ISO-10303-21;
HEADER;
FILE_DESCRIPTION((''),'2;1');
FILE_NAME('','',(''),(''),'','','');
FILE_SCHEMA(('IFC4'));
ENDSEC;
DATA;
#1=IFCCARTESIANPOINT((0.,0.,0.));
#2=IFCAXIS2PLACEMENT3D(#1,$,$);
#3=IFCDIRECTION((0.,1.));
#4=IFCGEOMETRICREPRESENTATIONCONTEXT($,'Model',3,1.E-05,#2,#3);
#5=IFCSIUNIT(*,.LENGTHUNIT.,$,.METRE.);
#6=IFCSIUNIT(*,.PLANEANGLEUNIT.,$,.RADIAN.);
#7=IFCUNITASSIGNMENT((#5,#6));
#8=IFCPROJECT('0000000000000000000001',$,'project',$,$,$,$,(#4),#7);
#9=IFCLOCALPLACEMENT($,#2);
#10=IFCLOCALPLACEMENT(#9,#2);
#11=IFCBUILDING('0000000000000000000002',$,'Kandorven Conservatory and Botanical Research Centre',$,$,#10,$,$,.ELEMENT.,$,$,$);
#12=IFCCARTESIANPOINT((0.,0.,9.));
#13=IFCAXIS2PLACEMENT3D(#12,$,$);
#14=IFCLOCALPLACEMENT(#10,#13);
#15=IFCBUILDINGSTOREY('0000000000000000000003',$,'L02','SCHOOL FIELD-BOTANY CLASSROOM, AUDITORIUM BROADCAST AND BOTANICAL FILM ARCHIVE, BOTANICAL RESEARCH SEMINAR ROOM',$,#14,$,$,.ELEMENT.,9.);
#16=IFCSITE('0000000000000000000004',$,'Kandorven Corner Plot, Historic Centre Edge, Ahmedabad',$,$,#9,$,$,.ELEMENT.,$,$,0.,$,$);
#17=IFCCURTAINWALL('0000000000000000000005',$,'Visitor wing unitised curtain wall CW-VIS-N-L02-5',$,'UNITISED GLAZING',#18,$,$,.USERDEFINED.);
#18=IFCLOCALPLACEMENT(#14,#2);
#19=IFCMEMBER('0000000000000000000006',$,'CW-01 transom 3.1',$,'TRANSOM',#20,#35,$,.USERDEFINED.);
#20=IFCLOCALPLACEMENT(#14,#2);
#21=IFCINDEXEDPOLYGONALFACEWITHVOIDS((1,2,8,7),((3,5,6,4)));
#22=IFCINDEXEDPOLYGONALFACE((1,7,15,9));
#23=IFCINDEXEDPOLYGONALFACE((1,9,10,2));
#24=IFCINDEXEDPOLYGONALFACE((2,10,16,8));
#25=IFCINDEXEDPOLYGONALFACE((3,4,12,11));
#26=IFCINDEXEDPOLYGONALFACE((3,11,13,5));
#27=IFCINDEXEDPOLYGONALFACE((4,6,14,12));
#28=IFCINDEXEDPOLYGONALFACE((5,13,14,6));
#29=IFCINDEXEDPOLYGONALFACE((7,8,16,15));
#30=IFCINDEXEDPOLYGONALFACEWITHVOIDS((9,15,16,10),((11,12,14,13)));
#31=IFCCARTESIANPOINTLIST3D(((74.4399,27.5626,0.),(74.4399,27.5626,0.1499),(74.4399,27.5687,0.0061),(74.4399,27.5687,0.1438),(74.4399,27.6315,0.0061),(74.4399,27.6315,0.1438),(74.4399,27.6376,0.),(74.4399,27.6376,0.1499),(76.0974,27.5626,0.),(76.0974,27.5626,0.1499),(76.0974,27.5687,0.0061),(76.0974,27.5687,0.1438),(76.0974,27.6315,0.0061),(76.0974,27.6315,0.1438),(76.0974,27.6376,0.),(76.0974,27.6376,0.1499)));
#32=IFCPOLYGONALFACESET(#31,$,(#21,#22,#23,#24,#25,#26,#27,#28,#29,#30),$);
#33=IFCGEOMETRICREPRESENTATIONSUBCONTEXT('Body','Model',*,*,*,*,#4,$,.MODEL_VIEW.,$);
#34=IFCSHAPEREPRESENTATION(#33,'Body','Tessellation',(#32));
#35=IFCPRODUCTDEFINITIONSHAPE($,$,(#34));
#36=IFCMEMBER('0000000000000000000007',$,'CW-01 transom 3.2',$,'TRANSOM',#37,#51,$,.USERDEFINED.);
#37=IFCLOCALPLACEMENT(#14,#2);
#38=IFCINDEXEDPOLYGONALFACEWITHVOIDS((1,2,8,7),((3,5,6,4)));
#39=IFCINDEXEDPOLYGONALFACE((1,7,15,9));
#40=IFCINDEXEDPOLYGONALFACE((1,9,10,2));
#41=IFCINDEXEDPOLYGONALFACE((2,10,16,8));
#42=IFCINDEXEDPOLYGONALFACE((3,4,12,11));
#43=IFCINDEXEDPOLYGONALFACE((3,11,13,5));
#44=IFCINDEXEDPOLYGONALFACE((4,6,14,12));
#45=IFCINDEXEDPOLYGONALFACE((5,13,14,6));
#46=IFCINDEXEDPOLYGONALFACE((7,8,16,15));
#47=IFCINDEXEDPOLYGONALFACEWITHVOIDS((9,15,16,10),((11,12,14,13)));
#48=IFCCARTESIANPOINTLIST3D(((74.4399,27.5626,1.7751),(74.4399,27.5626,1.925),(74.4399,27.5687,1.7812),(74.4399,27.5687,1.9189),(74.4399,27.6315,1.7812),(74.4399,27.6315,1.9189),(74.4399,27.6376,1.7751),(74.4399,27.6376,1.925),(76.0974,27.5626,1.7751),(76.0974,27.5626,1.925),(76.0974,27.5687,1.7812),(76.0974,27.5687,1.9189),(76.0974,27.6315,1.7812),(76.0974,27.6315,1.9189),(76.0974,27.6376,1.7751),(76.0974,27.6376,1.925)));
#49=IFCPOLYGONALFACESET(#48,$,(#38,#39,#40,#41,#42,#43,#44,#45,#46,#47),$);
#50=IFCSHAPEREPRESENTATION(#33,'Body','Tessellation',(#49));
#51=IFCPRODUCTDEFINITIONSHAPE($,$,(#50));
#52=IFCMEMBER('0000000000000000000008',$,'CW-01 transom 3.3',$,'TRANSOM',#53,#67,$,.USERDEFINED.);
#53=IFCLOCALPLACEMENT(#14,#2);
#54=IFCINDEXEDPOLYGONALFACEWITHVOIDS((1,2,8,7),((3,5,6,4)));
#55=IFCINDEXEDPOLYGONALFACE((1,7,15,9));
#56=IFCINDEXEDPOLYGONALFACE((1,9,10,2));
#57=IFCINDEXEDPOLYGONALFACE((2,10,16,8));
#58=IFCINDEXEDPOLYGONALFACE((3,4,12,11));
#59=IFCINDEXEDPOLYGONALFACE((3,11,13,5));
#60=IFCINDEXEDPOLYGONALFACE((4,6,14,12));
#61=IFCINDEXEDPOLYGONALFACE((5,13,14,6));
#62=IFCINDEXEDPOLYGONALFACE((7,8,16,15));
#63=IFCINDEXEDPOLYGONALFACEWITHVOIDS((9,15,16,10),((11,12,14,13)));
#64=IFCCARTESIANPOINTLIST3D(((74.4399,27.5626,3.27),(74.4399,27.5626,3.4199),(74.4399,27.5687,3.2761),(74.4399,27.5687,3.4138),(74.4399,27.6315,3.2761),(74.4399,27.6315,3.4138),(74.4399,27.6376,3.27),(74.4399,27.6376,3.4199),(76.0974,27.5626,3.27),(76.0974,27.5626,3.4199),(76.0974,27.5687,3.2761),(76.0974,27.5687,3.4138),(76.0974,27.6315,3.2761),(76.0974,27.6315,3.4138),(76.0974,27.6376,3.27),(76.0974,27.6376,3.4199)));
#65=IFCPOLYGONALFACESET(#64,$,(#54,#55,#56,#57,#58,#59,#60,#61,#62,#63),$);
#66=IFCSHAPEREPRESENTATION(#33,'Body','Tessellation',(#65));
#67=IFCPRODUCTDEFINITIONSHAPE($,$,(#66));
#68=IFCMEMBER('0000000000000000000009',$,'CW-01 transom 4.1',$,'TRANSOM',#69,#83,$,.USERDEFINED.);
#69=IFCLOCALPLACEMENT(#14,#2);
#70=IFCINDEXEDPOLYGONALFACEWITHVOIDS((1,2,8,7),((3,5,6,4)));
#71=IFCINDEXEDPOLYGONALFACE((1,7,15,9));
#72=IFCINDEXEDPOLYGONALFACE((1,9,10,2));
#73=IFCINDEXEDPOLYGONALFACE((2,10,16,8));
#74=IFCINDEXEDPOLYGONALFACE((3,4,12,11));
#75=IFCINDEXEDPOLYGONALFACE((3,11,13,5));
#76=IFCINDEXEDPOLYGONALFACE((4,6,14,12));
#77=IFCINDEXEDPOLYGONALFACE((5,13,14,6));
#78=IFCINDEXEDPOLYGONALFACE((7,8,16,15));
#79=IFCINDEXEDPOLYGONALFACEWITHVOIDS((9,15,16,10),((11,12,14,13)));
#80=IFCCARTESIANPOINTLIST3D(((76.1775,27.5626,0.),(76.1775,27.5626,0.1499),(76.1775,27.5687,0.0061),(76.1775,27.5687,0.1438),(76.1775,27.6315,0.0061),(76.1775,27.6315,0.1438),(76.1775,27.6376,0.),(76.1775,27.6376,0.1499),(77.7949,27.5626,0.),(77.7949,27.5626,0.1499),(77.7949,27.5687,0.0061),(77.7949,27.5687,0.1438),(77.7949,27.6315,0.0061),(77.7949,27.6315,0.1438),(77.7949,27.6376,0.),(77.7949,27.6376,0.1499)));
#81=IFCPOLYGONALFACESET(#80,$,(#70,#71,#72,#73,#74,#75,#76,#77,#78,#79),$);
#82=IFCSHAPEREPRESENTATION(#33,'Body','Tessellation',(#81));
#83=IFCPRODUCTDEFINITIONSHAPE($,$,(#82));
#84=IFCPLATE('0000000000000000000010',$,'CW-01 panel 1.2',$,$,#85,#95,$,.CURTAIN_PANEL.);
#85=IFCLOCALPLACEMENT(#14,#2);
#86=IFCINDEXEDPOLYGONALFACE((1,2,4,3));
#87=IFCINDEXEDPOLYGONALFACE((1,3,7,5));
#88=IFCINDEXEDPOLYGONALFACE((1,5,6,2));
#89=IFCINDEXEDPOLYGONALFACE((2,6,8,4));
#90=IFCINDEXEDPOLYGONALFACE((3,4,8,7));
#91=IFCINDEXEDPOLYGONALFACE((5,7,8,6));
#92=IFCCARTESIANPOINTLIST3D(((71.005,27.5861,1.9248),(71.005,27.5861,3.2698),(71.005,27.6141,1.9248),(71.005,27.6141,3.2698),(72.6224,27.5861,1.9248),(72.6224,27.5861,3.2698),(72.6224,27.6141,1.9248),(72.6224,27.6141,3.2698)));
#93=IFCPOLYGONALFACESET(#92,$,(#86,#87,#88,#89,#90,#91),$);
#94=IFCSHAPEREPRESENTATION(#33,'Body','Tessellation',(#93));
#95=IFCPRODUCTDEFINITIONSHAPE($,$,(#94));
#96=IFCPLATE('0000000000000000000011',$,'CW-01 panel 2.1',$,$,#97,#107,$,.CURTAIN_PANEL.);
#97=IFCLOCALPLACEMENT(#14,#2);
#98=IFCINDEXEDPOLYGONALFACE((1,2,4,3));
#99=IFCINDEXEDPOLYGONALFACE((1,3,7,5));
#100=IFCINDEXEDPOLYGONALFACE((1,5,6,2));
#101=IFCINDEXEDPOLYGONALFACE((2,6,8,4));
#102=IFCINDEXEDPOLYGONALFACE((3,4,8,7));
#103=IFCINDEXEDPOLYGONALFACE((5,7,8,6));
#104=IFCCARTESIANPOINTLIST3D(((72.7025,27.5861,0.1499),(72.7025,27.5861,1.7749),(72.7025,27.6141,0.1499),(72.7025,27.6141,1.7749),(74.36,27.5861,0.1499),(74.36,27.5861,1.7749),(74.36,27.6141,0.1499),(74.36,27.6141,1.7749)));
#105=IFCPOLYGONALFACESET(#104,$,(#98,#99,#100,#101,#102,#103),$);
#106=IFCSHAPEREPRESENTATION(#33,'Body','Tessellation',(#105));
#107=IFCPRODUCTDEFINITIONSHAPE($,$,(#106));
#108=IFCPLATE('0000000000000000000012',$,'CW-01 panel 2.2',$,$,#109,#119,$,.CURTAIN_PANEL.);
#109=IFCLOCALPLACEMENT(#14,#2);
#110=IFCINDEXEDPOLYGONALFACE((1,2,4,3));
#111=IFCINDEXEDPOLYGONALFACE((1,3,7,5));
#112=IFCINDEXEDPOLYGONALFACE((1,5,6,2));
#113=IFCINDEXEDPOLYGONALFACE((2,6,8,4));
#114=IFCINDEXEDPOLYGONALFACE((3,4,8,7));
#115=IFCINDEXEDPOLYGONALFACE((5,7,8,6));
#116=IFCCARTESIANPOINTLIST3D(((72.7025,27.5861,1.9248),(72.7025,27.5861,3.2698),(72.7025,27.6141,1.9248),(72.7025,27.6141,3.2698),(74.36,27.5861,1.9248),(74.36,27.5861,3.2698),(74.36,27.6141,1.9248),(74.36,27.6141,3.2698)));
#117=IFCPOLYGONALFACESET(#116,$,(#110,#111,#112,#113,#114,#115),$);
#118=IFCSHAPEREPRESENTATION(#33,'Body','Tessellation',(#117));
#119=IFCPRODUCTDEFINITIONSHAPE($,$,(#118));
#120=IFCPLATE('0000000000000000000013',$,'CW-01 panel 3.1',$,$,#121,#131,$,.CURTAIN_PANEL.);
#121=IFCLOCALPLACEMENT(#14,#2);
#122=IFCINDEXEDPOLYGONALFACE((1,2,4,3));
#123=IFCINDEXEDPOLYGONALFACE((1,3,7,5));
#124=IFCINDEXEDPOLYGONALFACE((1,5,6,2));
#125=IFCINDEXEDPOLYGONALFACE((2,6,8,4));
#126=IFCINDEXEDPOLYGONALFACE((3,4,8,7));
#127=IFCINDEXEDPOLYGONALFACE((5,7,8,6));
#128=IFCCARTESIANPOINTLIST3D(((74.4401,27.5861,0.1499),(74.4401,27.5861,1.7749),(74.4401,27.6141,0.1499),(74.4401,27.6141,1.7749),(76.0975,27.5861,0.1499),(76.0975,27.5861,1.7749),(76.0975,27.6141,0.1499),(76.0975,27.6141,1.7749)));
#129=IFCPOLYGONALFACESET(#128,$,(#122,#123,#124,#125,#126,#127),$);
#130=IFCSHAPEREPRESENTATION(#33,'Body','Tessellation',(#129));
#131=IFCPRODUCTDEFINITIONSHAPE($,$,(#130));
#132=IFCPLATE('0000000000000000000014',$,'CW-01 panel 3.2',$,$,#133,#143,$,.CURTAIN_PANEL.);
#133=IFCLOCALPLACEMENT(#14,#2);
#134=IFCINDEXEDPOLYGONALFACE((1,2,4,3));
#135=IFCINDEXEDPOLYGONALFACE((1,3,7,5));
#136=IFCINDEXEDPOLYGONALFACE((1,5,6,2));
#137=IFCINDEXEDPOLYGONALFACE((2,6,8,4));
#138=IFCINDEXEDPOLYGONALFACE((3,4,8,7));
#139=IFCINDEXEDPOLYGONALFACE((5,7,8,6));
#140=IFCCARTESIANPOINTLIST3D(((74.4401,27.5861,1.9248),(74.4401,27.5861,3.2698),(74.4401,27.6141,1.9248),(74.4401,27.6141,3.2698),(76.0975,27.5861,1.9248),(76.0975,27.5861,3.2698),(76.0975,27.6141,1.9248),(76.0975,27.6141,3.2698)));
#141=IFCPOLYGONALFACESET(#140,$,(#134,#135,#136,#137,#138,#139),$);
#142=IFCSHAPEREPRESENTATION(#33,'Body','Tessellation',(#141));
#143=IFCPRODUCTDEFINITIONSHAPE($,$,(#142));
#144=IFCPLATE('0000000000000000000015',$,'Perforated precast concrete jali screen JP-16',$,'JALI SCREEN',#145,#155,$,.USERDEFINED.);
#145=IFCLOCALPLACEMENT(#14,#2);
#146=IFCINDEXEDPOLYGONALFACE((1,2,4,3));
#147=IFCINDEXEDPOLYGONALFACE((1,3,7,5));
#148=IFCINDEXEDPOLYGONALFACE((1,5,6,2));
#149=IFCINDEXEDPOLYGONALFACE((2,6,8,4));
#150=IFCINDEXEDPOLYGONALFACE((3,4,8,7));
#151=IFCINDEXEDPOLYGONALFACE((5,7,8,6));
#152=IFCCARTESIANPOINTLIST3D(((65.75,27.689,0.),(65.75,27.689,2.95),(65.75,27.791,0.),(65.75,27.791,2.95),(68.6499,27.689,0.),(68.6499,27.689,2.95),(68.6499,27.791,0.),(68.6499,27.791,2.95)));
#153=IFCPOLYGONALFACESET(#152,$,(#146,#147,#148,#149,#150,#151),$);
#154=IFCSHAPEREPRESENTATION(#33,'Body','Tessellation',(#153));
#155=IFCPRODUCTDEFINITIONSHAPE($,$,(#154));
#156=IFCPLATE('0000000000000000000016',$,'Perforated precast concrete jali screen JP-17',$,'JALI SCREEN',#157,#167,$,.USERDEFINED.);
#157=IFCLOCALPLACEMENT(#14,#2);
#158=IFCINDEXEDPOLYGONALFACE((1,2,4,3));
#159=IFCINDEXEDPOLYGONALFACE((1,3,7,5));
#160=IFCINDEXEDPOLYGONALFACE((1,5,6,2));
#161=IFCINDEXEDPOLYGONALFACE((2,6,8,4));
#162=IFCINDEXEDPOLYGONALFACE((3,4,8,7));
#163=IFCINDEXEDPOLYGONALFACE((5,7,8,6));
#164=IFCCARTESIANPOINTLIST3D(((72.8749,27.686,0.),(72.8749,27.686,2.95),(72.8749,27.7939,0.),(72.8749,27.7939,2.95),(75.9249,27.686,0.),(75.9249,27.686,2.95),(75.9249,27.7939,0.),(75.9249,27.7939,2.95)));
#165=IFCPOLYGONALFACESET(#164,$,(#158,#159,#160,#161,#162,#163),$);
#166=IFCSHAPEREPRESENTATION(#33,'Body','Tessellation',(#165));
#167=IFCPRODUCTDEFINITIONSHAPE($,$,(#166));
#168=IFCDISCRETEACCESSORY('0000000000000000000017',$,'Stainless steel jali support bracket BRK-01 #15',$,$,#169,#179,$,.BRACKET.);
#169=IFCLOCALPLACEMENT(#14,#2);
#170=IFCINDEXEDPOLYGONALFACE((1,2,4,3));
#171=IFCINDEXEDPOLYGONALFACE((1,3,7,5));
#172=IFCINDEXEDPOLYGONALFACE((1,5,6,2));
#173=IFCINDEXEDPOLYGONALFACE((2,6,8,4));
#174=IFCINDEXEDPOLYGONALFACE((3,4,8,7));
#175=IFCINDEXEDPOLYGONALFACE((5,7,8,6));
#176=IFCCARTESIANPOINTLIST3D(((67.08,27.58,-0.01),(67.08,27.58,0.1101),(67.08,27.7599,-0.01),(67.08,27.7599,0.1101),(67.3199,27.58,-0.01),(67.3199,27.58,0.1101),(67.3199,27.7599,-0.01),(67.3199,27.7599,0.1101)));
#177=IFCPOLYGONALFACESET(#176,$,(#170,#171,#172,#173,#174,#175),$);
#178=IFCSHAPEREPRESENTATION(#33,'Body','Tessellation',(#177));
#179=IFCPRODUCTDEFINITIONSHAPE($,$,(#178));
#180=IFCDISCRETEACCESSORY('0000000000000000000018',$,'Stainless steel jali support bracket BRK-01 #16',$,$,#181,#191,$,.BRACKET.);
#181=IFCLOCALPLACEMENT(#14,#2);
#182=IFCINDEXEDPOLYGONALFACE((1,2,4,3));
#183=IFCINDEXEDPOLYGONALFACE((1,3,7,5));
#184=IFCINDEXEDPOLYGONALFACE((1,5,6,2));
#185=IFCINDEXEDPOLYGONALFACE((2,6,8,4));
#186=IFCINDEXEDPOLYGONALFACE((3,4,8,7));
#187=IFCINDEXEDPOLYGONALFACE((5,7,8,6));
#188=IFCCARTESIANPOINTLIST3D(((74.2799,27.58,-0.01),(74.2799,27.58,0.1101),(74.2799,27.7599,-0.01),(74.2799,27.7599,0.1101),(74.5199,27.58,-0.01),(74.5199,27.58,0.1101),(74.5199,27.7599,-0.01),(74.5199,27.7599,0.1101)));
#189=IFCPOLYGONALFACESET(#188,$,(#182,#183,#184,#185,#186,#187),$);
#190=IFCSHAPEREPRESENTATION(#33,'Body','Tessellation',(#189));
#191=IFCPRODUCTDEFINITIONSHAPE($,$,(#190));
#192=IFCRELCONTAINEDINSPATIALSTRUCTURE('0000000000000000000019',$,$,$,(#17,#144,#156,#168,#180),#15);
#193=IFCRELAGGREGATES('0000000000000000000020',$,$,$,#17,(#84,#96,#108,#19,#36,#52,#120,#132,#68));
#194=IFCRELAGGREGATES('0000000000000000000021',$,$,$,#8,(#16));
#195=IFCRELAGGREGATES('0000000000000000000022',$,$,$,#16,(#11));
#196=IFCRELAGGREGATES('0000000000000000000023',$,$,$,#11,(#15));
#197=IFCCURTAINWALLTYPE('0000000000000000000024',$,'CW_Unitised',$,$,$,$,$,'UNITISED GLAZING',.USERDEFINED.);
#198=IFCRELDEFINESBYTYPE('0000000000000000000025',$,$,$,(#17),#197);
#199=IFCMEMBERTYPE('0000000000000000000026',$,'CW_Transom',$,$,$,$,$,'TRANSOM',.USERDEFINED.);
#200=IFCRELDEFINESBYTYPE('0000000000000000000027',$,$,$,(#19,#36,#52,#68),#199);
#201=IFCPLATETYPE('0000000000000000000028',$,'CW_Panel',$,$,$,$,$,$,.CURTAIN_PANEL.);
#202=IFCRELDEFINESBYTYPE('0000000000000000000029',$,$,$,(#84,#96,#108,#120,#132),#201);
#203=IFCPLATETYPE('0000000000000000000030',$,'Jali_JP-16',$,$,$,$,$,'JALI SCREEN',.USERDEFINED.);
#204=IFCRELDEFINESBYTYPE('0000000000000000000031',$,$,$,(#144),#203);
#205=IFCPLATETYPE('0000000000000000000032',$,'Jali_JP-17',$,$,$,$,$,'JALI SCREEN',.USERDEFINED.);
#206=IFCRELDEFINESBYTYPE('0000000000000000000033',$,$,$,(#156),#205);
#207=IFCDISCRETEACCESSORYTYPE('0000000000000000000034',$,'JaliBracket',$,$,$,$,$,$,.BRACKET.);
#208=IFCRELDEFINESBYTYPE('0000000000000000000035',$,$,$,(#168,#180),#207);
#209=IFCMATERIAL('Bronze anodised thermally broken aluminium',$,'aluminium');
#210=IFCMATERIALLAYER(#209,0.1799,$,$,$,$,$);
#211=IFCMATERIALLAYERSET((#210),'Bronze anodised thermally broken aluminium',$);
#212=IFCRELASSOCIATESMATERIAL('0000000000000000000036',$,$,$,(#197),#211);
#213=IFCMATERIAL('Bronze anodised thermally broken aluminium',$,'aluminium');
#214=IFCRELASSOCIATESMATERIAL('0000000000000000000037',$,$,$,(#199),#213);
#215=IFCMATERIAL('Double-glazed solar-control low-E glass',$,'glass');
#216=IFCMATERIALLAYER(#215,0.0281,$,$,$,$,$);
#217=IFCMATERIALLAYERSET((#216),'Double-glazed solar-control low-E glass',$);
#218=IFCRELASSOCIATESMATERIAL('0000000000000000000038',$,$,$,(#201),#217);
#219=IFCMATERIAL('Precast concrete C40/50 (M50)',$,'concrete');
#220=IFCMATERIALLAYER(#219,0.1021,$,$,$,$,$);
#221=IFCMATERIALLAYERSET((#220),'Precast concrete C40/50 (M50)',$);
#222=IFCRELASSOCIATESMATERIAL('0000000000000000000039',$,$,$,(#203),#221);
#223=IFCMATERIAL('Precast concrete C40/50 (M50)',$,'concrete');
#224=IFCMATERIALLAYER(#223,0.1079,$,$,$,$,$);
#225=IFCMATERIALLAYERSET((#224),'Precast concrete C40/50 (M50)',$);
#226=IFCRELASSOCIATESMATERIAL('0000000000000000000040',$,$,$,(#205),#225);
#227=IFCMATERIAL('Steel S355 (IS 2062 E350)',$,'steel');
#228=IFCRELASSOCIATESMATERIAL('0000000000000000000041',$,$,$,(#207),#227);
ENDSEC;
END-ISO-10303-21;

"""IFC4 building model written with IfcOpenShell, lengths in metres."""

from ifc_helpers import new_model, si_unit, direction, frame, origin, origin_2d, place, context, subcontext, project, spatial, rectangle, hollow_rectangle, extrude, material, layer, layer_set, material_profile, profile_set, type_object, element, aggregate, save


model = new_model("IFC4")

# Units and contexts
model_context = context("Model", 3, precision=1e-05, world=origin(), true_north=direction((0.0, 1.0)))
body_context = subcontext(model_context, "Body", "Model", "MODEL_VIEW")
ifc_project = project(units=[si_unit("LENGTHUNIT", "METRE"), si_unit("PLANEANGLEUNIT", "RADIAN")], contexts=[model_context])

# Site, building, storey
site_placement = place(None, origin())
site = spatial("IfcSite", under=ifc_project, at=site_placement, Name="Kandorven Corner Plot, Historic Centre Edge, Ahmedabad", CompositionType="ELEMENT", RefElevation=0.0)
building_placement = place(site_placement, origin())
building = spatial("IfcBuilding", under=site, at=building_placement, Name="Kandorven Conservatory and Botanical Research Centre", CompositionType="ELEMENT")
storey_placement = place(building_placement, frame((0.0, 0.0, 9.0)))
storey = spatial("IfcBuildingStorey", under=building, at=storey_placement, Name="L02", Description="SCHOOL FIELD-BOTANY CLASSROOM, AUDITORIUM BROADCAST AND BOTANICAL FILM ARCHIVE, BOTANICAL RESEARCH SEMINAR ROOM", CompositionType="ELEMENT", Elevation=9.0)

# Curtain wall, members, plates
ifc_material_1 = material(Name="Bronze anodised thermally broken aluminium", Category="aluminium")
ifc_layer_1 = layer(ifc_material_1, 0.1799)
ifc_layer_set_1 = layer_set([ifc_layer_1], Name="Bronze anodised thermally broken aluminium")
curtain_wall_type = type_object("IfcCurtainWallType", Name="CW_Unitised", ElementType="UNITISED GLAZING", PredefinedType="USERDEFINED", material=ifc_layer_set_1)
curtain_wall_placement = place(storey_placement, origin())
curtain_wall = element("IfcCurtainWall", 1, at=curtain_wall_placement, inside=storey, type_object=curtain_wall_type, Name="Visitor wing unitised curtain wall CW-VIS-N-L02-5", ObjectType="UNITISED GLAZING", PredefinedType="USERDEFINED")
ifc_material_2 = material(Name="Bronze anodised thermally broken aluminium", Category="aluminium")
ifc_material_profile_1 = material_profile(ifc_material_2, hollow_rectangle(XDim=0.075, YDim=0.1499, WallThickness=0.0061, at=origin_2d()))
ifc_profile_set_1 = profile_set([ifc_material_profile_1], Name="Bronze anodised thermally broken aluminium")
member_type_1 = type_object("IfcMemberType", Name="CW_Transom", ElementType="TRANSOM", PredefinedType="USERDEFINED", material=ifc_profile_set_1)
member_1_placement = place(storey_placement, frame((74.4399, 27.6001, 0.075), z_axis=(1.0, 0.0, 0.0), x_axis=(0.0, 1.0, 0.0)))
member_1 = element("IfcMember", 2, at=member_1_placement, type_object=member_type_1, Name="CW-01 transom 3.1", ObjectType="TRANSOM", PredefinedType="USERDEFINED", context=body_context, shape_type="SweptSolid", body=[
    extrude(hollow_rectangle(XDim=0.075, YDim=0.1499, WallThickness=0.0061, at=origin_2d()), origin(), (0.0, 0.0, 1.0), 1.6575),
])
member_2_placement = place(storey_placement, frame((74.4399, 27.6001, 1.8501), z_axis=(1.0, 0.0, 0.0), x_axis=(0.0, 1.0, 0.0)))
member_2 = element("IfcMember", 3, at=member_2_placement, type_object=member_type_1, Name="CW-01 transom 3.2", ObjectType="TRANSOM", PredefinedType="USERDEFINED", context=body_context, shape_type="SweptSolid", body=[
    extrude(hollow_rectangle(XDim=0.075, YDim=0.1499, WallThickness=0.0061, at=origin_2d()), origin(), (0.0, 0.0, 1.0), 1.6575),
])
member_3_placement = place(storey_placement, frame((74.4399, 27.6001, 3.345), z_axis=(1.0, 0.0, 0.0), x_axis=(0.0, 1.0, 0.0)))
member_3 = element("IfcMember", 4, at=member_3_placement, type_object=member_type_1, Name="CW-01 transom 3.3", ObjectType="TRANSOM", PredefinedType="USERDEFINED", context=body_context, shape_type="SweptSolid", body=[
    extrude(hollow_rectangle(XDim=0.075, YDim=0.1499, WallThickness=0.0061, at=origin_2d()), origin(), (0.0, 0.0, 1.0), 1.6575),
])
member_4_placement = place(storey_placement, frame((76.1775, 27.6001, 0.075), z_axis=(1.0, 0.0, 0.0), x_axis=(0.0, 1.0, 0.0)))
member_4 = element("IfcMember", 5, at=member_4_placement, type_object=member_type_1, Name="CW-01 transom 4.1", ObjectType="TRANSOM", PredefinedType="USERDEFINED", context=body_context, shape_type="SweptSolid", body=[
    extrude(hollow_rectangle(XDim=0.075, YDim=0.1499, WallThickness=0.0061, at=origin_2d()), origin(), (0.0, 0.0, 1.0), 1.6174),
])
ifc_material_3 = material(Name="Double-glazed solar-control low-E glass", Category="glass")
ifc_layer_2 = layer(ifc_material_3, 0.0281)
ifc_layer_set_2 = layer_set([ifc_layer_2], Name="Double-glazed solar-control low-E glass")
plate_type_1 = type_object("IfcPlateType", Name="CW_Panel", PredefinedType="CURTAIN_PANEL", material=ifc_layer_set_2)
plate_1_placement = place(storey_placement, frame((71.8137, 27.6001, 1.9248), z_axis=(0.0, 0.0, 1.0), x_axis=(1.0, 0.0, 0.0)))
plate_1 = element("IfcPlate", 6, at=plate_1_placement, type_object=plate_type_1, Name="CW-01 panel 1.2", PredefinedType="CURTAIN_PANEL", context=body_context, shape_type="SweptSolid", body=[
    extrude(rectangle(XDim=1.6174, YDim=0.0281, at=origin_2d()), origin(), (0.0, 0.0, 1.0), 1.345),
])
plate_2_placement = place(storey_placement, frame((73.5312, 27.6001, 0.1499), z_axis=(0.0, 0.0, 1.0), x_axis=(1.0, 0.0, 0.0)))
plate_2 = element("IfcPlate", 7, at=plate_2_placement, type_object=plate_type_1, Name="CW-01 panel 2.1", PredefinedType="CURTAIN_PANEL", context=body_context, shape_type="SweptSolid", body=[
    extrude(rectangle(XDim=1.6575, YDim=0.0281, at=origin_2d()), origin(), (0.0, 0.0, 1.0), 1.625),
])
plate_3_placement = place(storey_placement, frame((73.5312, 27.6001, 1.9248), z_axis=(0.0, 0.0, 1.0), x_axis=(1.0, 0.0, 0.0)))
plate_3 = element("IfcPlate", 8, at=plate_3_placement, type_object=plate_type_1, Name="CW-01 panel 2.2", PredefinedType="CURTAIN_PANEL", context=body_context, shape_type="SweptSolid", body=[
    extrude(rectangle(XDim=1.6575, YDim=0.0281, at=origin_2d()), origin(), (0.0, 0.0, 1.0), 1.345),
])
plate_4_placement = place(storey_placement, frame((75.2688, 27.6001, 0.1499), z_axis=(0.0, 0.0, 1.0), x_axis=(1.0, 0.0, 0.0)))
plate_4 = element("IfcPlate", 9, at=plate_4_placement, type_object=plate_type_1, Name="CW-01 panel 3.1", PredefinedType="CURTAIN_PANEL", context=body_context, shape_type="SweptSolid", body=[
    extrude(rectangle(XDim=1.6575, YDim=0.0281, at=origin_2d()), origin(), (0.0, 0.0, 1.0), 1.625),
])
plate_5_placement = place(storey_placement, frame((75.2688, 27.6001, 1.9248), z_axis=(0.0, 0.0, 1.0), x_axis=(1.0, 0.0, 0.0)))
plate_5 = element("IfcPlate", 10, at=plate_5_placement, type_object=plate_type_1, Name="CW-01 panel 3.2", PredefinedType="CURTAIN_PANEL", context=body_context, shape_type="SweptSolid", body=[
    extrude(rectangle(XDim=1.6575, YDim=0.0281, at=origin_2d()), origin(), (0.0, 0.0, 1.0), 1.345),
])
aggregate(curtain_wall, [plate_1, plate_2, plate_3, member_1, member_2, member_3, plate_4, plate_5, member_4])

# Plates
ifc_material_4 = material(Name="Precast concrete C40/50 (M50)", Category="concrete")
ifc_layer_3 = layer(ifc_material_4, 0.1021)
ifc_layer_set_3 = layer_set([ifc_layer_3], Name="Precast concrete C40/50 (M50)")
plate_type_2 = type_object("IfcPlateType", Name="Jali_JP-16", ElementType="JALI SCREEN", PredefinedType="USERDEFINED", material=ifc_layer_set_3)
plate_6_placement = place(storey_placement, frame((67.2, 27.74, 0.0), z_axis=(0.0, 0.0, 1.0), x_axis=(1.0, 0.0, 0.0)))
element("IfcPlate", 11, at=plate_6_placement, inside=storey, type_object=plate_type_2, Name="Perforated precast concrete jali screen JP-16", ObjectType="JALI SCREEN", PredefinedType="USERDEFINED", context=body_context, shape_type="SweptSolid", body=[
    extrude(rectangle(XDim=2.8999, YDim=0.1021, at=origin_2d()), origin(), (0.0, 0.0, 1.0), 2.95),
])
ifc_material_5 = material(Name="Precast concrete C40/50 (M50)", Category="concrete")
ifc_layer_4 = layer(ifc_material_5, 0.1079)
ifc_layer_set_4 = layer_set([ifc_layer_4], Name="Precast concrete C40/50 (M50)")
plate_type_3 = type_object("IfcPlateType", Name="Jali_JP-17", ElementType="JALI SCREEN", PredefinedType="USERDEFINED", material=ifc_layer_set_4)
plate_7_placement = place(storey_placement, frame((74.3999, 27.74, 0.0), z_axis=(0.0, 0.0, 1.0), x_axis=(1.0, 0.0, 0.0)))
element("IfcPlate", 12, at=plate_7_placement, inside=storey, type_object=plate_type_3, Name="Perforated precast concrete jali screen JP-17", ObjectType="JALI SCREEN", PredefinedType="USERDEFINED", context=body_context, shape_type="SweptSolid", body=[
    extrude(rectangle(XDim=3.05, YDim=0.1079, at=origin_2d()), origin(), (0.0, 0.0, 1.0), 2.95),
])

# Discrete accessories
ifc_material_6 = material(Name="Steel S355 (IS 2062 E350)", Category="steel")
discrete_accessory_type = type_object("IfcDiscreteAccessoryType", Name="JaliBracket", PredefinedType="BRACKET", material=ifc_material_6)
for number, where, z_axis, x_axis, name in (
    (13, (67.2, 27.6699, -0.01), (0.0, 0.0, 1.0), (1.0, 0.0, 0.0), "Stainless steel jali support bracket BRK-01 #15"),
    (14, (74.3999, 27.6699, -0.01), (0.0, 0.0, 1.0), (1.0, 0.0, 0.0), "Stainless steel jali support bracket BRK-01 #16"),
):
    element("IfcDiscreteAccessory", number, at=place(storey_placement, frame(where, z_axis=z_axis, x_axis=x_axis)), inside=storey, type_object=discrete_accessory_type, Name=name, PredefinedType="BRACKET", context=body_context, shape_type="SweptSolid", body=[
        extrude(rectangle(XDim=0.24, YDim=0.1799, at=origin_2d()), origin(), (0.0, 0.0, 1.0), 0.1201),
    ])

save(model, "model.ifc")
